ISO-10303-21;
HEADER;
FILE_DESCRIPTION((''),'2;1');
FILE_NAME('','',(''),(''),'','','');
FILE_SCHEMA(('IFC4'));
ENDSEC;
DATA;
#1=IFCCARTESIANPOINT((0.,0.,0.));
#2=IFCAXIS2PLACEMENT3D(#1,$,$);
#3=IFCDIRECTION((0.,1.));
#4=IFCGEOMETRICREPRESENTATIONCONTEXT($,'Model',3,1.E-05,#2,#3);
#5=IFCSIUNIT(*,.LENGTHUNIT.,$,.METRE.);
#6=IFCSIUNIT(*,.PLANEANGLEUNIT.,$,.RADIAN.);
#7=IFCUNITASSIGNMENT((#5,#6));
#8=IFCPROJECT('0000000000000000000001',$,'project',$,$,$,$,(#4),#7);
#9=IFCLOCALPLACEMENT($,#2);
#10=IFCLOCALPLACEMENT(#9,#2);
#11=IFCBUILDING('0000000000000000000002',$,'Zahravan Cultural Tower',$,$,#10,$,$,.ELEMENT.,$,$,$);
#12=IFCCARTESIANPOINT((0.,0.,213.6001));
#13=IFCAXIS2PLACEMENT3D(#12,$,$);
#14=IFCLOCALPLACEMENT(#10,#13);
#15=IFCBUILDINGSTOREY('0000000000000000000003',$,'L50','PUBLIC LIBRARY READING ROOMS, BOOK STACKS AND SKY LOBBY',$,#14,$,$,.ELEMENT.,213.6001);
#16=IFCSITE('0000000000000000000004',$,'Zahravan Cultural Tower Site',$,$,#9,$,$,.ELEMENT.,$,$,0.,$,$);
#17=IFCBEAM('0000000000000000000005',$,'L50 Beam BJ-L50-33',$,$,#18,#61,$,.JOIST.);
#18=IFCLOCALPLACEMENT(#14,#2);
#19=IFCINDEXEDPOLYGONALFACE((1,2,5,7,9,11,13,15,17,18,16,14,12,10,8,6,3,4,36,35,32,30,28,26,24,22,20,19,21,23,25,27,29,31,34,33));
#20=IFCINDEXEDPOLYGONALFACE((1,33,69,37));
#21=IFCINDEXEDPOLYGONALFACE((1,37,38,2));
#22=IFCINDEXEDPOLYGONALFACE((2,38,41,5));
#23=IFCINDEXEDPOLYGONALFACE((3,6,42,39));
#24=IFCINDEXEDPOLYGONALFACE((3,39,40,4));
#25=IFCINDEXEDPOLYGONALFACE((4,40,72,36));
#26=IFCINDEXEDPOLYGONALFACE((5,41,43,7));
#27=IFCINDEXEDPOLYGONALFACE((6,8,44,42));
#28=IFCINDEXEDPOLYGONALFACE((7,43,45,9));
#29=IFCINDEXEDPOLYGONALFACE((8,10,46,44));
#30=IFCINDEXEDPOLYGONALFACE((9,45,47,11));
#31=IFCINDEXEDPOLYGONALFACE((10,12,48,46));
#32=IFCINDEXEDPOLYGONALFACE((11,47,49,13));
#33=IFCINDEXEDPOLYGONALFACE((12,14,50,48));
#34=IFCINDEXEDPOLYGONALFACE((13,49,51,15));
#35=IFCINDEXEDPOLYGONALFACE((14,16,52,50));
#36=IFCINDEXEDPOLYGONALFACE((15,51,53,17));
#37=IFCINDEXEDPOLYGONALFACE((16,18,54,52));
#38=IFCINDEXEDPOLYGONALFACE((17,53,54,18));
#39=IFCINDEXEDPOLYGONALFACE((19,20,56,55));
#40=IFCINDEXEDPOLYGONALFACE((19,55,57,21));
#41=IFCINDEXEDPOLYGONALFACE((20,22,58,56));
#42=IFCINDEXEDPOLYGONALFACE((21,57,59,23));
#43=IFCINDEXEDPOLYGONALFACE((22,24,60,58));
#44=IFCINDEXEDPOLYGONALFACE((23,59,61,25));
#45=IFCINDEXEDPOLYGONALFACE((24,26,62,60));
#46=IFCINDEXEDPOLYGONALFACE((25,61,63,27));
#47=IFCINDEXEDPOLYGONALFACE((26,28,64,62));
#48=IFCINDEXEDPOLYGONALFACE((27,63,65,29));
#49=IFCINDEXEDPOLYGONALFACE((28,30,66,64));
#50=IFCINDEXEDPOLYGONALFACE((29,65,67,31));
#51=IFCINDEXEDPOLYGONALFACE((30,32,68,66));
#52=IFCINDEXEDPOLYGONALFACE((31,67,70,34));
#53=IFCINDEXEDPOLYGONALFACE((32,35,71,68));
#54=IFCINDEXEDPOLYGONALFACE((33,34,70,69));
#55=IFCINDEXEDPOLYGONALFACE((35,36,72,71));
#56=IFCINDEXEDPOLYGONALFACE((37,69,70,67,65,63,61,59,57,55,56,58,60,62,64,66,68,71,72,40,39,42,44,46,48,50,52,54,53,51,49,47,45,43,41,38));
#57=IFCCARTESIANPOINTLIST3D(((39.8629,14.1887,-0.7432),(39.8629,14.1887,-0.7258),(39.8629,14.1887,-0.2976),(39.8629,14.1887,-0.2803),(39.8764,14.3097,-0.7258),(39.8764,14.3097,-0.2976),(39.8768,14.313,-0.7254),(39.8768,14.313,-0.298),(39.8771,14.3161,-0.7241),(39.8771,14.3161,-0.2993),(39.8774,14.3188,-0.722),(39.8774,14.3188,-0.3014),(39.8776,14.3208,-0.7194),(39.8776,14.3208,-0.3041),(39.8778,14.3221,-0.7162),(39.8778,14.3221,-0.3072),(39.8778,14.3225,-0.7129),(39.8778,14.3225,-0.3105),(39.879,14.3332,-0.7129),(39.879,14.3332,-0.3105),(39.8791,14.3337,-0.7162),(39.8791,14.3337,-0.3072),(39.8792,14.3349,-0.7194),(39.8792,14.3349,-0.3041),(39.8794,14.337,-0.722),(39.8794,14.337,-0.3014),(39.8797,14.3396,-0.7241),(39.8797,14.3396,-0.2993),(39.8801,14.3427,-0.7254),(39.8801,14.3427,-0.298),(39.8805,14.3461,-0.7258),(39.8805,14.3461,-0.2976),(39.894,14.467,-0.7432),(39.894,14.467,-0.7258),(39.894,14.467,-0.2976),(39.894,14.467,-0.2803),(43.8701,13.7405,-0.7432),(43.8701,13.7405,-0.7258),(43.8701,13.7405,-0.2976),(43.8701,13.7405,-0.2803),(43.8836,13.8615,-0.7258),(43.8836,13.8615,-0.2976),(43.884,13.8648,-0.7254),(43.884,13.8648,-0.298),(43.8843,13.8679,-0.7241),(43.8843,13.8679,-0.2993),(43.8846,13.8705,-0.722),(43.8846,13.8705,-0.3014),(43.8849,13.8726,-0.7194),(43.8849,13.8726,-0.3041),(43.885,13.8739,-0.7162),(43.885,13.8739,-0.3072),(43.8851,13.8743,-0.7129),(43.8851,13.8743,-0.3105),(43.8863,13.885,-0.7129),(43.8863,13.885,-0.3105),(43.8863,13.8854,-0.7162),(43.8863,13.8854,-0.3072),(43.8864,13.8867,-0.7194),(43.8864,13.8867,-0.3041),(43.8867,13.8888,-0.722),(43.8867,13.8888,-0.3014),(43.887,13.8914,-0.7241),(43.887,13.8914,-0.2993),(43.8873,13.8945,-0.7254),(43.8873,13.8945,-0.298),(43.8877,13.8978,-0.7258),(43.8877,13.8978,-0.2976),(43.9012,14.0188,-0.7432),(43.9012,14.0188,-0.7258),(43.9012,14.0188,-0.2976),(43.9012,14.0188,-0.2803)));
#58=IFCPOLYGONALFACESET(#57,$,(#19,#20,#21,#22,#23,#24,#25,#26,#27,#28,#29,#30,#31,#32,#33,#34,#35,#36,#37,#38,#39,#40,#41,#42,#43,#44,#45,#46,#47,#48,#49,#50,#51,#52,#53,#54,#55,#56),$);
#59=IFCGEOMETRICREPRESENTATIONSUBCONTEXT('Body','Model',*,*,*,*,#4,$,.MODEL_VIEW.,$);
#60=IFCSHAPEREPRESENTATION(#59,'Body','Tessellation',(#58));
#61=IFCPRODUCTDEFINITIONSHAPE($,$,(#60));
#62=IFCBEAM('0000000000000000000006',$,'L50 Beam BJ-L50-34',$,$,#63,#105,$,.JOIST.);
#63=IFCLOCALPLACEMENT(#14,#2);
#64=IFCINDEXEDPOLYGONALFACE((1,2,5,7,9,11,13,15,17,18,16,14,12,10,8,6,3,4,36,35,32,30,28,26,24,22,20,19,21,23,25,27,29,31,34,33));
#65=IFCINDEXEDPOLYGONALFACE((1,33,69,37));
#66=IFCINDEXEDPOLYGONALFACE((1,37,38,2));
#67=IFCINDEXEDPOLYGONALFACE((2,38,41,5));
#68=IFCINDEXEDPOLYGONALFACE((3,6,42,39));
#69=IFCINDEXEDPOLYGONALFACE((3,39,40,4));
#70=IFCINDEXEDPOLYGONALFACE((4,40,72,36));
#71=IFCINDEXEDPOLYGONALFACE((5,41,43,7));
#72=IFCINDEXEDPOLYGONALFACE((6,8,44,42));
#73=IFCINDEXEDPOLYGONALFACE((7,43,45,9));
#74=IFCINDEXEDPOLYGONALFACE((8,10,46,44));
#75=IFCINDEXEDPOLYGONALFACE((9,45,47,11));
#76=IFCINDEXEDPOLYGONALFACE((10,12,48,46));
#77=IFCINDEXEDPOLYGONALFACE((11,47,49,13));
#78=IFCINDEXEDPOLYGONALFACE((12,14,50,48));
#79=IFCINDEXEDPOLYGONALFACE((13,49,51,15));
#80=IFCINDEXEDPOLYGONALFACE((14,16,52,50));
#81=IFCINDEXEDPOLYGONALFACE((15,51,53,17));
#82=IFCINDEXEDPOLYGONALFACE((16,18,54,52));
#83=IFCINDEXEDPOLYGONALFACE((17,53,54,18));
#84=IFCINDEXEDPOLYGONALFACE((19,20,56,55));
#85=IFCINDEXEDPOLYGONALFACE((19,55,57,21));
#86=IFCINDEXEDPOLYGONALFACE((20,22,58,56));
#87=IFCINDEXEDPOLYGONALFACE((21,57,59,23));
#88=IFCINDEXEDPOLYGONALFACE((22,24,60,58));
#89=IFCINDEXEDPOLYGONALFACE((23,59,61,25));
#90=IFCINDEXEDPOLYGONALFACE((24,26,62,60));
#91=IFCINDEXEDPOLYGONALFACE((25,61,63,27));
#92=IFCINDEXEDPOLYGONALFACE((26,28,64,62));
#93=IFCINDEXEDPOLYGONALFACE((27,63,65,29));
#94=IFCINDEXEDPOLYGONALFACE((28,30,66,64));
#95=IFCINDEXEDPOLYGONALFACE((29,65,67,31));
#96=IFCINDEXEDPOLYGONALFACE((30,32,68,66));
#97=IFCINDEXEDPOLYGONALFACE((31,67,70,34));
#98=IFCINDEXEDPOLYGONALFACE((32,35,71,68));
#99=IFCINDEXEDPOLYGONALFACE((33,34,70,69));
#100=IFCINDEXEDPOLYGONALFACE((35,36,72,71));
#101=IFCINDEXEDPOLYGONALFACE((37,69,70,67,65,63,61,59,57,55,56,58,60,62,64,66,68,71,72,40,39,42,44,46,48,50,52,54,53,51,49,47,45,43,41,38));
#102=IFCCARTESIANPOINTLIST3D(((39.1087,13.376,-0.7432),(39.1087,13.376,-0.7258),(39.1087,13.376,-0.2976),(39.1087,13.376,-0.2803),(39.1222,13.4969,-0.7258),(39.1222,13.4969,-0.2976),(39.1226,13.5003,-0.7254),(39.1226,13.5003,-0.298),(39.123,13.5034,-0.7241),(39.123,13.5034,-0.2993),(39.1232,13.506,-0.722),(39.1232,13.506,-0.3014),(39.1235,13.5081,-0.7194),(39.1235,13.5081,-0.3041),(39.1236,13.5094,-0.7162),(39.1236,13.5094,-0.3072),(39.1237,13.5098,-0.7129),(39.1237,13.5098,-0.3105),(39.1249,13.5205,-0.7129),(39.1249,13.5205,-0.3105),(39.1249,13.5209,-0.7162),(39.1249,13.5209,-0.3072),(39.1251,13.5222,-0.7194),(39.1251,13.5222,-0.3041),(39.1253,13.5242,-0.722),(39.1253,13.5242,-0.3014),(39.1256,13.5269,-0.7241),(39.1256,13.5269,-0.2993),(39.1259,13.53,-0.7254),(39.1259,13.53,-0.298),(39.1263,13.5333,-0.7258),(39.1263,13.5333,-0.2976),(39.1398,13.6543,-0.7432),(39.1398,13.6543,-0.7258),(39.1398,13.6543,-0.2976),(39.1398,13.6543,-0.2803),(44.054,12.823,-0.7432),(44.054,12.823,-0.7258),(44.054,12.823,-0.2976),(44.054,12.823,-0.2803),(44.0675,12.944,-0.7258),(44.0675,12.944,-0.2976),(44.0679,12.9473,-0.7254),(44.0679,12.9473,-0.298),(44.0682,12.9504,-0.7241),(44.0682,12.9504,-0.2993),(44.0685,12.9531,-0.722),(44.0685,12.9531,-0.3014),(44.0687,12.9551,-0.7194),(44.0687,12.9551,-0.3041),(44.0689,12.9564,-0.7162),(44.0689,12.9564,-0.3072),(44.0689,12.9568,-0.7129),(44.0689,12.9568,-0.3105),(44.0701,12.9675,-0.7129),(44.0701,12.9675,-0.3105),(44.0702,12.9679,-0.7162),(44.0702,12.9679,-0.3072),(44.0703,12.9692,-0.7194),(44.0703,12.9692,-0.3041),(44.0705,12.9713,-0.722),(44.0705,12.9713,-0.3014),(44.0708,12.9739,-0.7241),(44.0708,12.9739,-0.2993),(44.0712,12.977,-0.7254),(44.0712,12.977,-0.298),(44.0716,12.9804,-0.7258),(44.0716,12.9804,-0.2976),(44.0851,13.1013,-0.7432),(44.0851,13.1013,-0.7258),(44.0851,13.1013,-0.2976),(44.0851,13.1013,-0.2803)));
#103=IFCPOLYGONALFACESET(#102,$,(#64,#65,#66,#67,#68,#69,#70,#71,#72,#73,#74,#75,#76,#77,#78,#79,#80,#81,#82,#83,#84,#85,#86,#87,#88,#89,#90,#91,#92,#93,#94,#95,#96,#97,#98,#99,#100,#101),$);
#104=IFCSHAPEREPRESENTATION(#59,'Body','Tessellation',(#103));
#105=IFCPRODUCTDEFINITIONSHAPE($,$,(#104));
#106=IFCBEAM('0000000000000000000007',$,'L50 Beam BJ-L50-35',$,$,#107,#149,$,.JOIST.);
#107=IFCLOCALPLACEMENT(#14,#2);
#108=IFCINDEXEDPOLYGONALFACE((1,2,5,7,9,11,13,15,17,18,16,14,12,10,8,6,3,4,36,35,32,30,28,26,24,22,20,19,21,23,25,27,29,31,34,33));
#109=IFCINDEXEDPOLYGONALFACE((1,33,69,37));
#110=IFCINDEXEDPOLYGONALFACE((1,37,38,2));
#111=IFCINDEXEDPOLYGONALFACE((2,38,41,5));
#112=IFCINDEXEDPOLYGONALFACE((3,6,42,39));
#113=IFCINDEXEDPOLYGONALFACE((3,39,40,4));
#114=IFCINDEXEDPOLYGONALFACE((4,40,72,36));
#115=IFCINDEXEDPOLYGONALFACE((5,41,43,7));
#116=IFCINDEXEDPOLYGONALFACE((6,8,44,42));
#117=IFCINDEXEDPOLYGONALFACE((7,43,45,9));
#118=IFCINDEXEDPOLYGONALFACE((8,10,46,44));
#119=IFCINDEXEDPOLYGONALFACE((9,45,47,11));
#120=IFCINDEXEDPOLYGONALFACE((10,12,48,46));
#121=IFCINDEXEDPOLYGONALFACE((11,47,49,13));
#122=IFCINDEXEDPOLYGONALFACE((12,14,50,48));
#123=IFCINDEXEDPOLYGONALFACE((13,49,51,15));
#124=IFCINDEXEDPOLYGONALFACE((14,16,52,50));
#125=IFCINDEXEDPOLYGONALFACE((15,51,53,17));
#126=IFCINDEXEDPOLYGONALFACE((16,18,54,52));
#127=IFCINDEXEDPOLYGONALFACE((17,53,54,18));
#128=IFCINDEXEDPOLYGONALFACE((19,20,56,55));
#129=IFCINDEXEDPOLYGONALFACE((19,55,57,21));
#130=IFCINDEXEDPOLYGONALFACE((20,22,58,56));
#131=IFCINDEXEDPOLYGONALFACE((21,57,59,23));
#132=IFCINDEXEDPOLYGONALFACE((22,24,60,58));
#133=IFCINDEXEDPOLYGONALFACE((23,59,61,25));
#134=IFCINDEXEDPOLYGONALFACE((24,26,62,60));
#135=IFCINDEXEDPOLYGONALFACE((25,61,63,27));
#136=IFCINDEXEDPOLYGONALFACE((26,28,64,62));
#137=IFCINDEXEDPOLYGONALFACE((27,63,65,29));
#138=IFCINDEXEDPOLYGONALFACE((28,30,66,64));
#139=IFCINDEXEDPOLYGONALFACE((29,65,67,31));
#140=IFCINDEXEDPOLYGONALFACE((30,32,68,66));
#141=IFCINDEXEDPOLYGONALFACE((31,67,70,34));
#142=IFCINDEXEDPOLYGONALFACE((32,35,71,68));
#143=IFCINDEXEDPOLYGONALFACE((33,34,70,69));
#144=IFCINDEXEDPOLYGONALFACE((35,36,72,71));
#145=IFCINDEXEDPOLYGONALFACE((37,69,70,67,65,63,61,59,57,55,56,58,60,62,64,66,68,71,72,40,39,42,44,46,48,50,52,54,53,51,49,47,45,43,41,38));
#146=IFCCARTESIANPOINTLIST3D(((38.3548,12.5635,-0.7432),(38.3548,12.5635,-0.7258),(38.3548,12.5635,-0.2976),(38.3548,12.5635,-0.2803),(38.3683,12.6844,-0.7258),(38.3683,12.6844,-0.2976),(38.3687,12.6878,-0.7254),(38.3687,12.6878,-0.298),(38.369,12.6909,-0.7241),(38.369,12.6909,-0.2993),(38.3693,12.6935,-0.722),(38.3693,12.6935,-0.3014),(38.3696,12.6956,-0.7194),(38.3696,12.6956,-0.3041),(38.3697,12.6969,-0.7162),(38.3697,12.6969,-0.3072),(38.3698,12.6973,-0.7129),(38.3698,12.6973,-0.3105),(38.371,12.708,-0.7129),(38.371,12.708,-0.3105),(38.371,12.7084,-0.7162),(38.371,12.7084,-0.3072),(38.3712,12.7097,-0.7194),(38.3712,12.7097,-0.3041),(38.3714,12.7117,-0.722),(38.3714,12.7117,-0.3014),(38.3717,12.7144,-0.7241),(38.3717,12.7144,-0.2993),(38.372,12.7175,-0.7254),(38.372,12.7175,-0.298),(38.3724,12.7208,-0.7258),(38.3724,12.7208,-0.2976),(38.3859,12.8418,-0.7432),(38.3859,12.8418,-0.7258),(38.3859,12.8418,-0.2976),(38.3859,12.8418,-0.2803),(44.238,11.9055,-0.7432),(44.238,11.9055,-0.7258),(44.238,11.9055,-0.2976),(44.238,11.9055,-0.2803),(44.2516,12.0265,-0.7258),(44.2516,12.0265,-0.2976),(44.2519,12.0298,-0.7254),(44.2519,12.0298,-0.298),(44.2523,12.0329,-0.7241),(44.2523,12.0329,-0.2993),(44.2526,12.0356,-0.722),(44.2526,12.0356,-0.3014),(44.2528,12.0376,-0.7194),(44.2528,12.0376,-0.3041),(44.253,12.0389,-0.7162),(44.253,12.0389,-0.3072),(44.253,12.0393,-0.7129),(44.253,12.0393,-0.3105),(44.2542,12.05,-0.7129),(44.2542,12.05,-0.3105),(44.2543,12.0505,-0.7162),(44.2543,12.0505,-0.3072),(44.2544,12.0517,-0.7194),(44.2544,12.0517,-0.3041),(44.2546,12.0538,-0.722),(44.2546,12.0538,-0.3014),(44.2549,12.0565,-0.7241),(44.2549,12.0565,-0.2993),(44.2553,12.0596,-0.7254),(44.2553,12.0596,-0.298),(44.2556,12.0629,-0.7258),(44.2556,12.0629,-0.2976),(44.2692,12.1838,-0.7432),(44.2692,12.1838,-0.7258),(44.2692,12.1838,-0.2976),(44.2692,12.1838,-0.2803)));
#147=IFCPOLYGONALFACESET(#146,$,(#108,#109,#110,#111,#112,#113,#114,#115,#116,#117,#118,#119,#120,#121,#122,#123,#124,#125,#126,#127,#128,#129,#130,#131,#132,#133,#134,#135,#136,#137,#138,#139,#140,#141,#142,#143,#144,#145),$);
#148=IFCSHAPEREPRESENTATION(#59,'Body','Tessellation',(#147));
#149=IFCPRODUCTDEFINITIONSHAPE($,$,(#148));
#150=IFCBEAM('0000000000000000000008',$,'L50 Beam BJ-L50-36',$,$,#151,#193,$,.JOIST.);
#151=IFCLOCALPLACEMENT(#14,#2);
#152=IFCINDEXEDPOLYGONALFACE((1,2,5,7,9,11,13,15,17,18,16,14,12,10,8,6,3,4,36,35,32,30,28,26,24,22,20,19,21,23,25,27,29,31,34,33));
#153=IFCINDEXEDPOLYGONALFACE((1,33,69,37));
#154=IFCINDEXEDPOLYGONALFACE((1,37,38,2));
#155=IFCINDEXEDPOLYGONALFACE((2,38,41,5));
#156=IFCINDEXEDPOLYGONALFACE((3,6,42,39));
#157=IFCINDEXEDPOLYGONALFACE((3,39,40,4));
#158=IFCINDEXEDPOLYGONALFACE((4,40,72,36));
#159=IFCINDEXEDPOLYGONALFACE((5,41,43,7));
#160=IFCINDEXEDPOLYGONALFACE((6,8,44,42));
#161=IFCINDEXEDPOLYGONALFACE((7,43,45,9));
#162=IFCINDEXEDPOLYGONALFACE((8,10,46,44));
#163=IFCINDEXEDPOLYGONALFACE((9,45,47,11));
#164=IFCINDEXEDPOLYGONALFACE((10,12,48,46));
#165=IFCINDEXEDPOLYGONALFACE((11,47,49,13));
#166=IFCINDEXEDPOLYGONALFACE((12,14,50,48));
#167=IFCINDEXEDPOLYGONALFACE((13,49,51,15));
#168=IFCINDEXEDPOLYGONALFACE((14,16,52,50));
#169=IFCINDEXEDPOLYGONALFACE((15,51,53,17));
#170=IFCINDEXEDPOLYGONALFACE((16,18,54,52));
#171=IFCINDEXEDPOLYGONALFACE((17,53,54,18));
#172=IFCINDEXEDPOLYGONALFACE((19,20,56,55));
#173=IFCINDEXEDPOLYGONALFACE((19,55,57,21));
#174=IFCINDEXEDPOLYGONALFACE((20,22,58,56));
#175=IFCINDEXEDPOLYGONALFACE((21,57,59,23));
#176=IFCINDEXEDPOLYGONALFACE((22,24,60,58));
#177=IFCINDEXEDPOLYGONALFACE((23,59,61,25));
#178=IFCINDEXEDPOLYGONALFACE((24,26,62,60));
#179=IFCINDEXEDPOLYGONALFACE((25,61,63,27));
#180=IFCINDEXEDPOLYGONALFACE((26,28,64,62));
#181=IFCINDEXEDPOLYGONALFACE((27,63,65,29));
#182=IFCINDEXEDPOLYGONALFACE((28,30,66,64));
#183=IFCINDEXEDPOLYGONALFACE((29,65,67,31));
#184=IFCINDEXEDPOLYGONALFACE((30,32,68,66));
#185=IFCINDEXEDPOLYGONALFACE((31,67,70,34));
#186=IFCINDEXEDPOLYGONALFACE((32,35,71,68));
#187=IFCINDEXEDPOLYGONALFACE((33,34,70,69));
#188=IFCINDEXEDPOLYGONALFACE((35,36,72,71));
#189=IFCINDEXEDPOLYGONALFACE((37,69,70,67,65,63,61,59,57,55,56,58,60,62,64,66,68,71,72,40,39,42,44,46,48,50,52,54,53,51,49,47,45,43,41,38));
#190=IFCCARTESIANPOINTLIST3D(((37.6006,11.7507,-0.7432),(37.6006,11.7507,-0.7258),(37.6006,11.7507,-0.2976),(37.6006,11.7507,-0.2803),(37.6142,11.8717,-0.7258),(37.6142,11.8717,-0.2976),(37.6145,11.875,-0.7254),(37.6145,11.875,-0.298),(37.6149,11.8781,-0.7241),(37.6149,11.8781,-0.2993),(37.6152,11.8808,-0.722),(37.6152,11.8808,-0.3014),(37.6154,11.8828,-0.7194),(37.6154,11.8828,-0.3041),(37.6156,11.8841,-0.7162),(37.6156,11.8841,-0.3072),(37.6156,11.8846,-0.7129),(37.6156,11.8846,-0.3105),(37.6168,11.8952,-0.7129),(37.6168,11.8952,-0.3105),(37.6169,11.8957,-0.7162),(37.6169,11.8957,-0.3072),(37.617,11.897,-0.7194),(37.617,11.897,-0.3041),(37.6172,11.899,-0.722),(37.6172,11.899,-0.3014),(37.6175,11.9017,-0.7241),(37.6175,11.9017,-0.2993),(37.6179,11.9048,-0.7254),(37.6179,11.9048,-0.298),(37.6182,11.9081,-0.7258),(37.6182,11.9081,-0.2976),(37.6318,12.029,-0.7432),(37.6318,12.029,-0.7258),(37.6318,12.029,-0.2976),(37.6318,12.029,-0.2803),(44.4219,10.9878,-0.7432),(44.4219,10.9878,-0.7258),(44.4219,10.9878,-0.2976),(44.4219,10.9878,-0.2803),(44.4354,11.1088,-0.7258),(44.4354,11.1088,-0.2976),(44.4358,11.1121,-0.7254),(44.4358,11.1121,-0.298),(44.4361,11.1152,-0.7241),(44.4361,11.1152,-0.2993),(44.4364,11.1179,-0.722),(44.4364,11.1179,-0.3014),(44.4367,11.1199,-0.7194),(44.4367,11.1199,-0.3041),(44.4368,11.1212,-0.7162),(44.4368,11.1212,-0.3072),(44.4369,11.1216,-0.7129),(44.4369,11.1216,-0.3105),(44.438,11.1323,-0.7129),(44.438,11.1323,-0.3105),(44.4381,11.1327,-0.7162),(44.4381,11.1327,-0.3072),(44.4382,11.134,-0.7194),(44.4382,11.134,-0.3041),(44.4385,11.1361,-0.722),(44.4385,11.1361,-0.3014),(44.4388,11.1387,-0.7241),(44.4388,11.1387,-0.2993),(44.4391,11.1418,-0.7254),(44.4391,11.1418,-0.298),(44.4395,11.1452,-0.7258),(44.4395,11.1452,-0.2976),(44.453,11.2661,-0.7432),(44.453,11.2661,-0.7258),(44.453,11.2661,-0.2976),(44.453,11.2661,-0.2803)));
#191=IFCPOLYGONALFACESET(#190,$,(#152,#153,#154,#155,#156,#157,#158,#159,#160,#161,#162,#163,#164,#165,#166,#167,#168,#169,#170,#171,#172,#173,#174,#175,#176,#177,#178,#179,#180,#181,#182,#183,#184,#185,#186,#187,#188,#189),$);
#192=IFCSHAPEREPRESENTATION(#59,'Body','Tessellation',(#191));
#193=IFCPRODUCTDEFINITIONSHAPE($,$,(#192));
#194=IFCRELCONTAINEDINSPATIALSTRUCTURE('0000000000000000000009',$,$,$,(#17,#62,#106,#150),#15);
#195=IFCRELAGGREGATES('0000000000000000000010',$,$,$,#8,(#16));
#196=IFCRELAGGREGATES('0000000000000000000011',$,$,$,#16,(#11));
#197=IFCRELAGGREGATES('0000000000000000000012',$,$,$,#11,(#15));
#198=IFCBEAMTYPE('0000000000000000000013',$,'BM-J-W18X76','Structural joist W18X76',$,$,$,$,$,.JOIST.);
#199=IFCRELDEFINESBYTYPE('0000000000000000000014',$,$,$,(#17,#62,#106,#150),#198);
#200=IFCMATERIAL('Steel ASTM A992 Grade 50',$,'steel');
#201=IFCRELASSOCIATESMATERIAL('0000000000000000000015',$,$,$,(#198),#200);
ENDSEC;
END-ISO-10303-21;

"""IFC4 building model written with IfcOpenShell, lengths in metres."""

from ifc_helpers import new_model, si_unit, direction, frame, origin, origin_2d, place, context, subcontext, project, spatial, i_section, extrude, source, transform, mapped, material, material_profile, profile_set, type_object, element, save


model = new_model("IFC4")

# Units and contexts
model_context = context("Model", 3, precision=1e-05, world=origin(), true_north=direction((0.0, 1.0)))
body_context = subcontext(model_context, "Body", "Model", "MODEL_VIEW")
ifc_project = project(units=[si_unit("LENGTHUNIT", "METRE"), si_unit("PLANEANGLEUNIT", "RADIAN")], contexts=[model_context])

# Site, building, storey
site_placement = place(None, origin())
site = spatial("IfcSite", under=ifc_project, at=site_placement, Name="Zahravan Cultural Tower Site", CompositionType="ELEMENT", RefElevation=0.0)
building_placement = place(site_placement, origin())
building = spatial("IfcBuilding", under=site, at=building_placement, Name="Zahravan Cultural Tower", CompositionType="ELEMENT")
storey_placement = place(building_placement, frame((0.0, 0.0, 213.6001)))
storey = spatial("IfcBuildingStorey", under=building, at=storey_placement, Name="L50", Description="PUBLIC LIBRARY READING ROOMS, BOOK STACKS AND SKY LOBBY", CompositionType="ELEMENT", Elevation=213.6001)

# Beams
ifc_material_1 = material(Name="Steel ASTM A992 Grade 50", Category="steel")
ifc_material_profile_1 = material_profile(ifc_material_1, i_section(OverallWidth=0.28, OverallDepth=0.4629, WebThickness=0.0107, FlangeThickness=0.0173, FilletRadius=0.0129, at=origin_2d()), Name="W18X76")
ifc_profile_set_1 = profile_set([ifc_material_profile_1], Name="Steel ASTM A992 Grade 50")
beam_type = type_object("IfcBeamType", Name="BM-J-W18X76", Description="Structural joist W18X76", PredefinedType="JOIST", material=ifc_profile_set_1)
shared_shape_1 = source(origin(), body_context, "Body", "SweptSolid", [
    extrude(i_section(OverallWidth=0.28, OverallDepth=0.4629, WebThickness=0.0107, FlangeThickness=0.0173, FilletRadius=0.0129, at=origin_2d()), origin(), (0.0, 0.0, 1.0), 4.0322),
])
beam_1_placement = place(storey_placement, frame((39.8784, 14.3279, -0.5117), z_axis=(0.993802, -0.111162, 0.0), x_axis=(0.111162, 0.993802, 0.0)))
element("IfcBeam", 1, at=beam_1_placement, inside=storey, type_object=beam_type, Name="L50 Beam BJ-L50-33", PredefinedType="JOIST", context=body_context, shape_type="MappedRepresentation", body=[
    mapped(shared_shape_1, transform((0.0, 0.0, 0.0), x_axis=(1.0, 0.0, 0.0), y_axis=(0.0, 1.0, 0.0), z_axis=(0.0, 0.0, 1.0), scale=1.0)),
])
shared_shape_2 = source(origin(), body_context, "Body", "SweptSolid", [
    extrude(i_section(OverallWidth=0.28, OverallDepth=0.4629, WebThickness=0.0107, FlangeThickness=0.0173, FilletRadius=0.0129, at=origin_2d()), origin(), (0.0, 0.0, 1.0), 4.9761),
])
beam_2_placement = place(storey_placement, frame((39.1243, 13.5151, -0.5117), z_axis=(0.993806, -0.111126, 0.0), x_axis=(0.111126, 0.993806, 0.0)))
element("IfcBeam", 2, at=beam_2_placement, inside=storey, type_object=beam_type, Name="L50 Beam BJ-L50-34", PredefinedType="JOIST", context=body_context, shape_type="MappedRepresentation", body=[
    mapped(shared_shape_2, transform((0.0, 0.0, 0.0), x_axis=(1.0, 0.0, 0.0), y_axis=(0.0, 1.0, 0.0), z_axis=(0.0, 0.0, 1.0), scale=1.0)),
])
shared_shape_3 = source(origin(), body_context, "Body", "SweptSolid", [
    extrude(i_section(OverallWidth=0.28, OverallDepth=0.4629, WebThickness=0.0107, FlangeThickness=0.0173, FilletRadius=0.0129, at=origin_2d()), origin(), (0.0, 0.0, 1.0), 5.9199),
])
beam_3_placement = place(storey_placement, frame((38.3704, 12.7026, -0.5117), z_axis=(0.993805, -0.111142, 0.0), x_axis=(0.111142, 0.993805, 0.0)))
element("IfcBeam", 3, at=beam_3_placement, inside=storey, type_object=beam_type, Name="L50 Beam BJ-L50-35", PredefinedType="JOIST", context=body_context, shape_type="MappedRepresentation", body=[
    mapped(shared_shape_3, transform((0.0, 0.0, 0.0), x_axis=(1.0, 0.0, 0.0), y_axis=(0.0, 1.0, 0.0), z_axis=(0.0, 0.0, 1.0), scale=1.0)),
])
shared_shape_4 = source(origin(), body_context, "Body", "SweptSolid", [
    extrude(i_section(OverallWidth=0.28, OverallDepth=0.4629, WebThickness=0.0107, FlangeThickness=0.0173, FilletRadius=0.0129, at=origin_2d()), origin(), (0.0, 0.0, 1.0), 6.8638),
])
beam_4_placement = place(storey_placement, frame((37.6162, 11.8899, -0.5117), z_axis=(0.993803, -0.111154, 0.0), x_axis=(0.111154, 0.993803, 0.0)))
element("IfcBeam", 4, at=beam_4_placement, inside=storey, type_object=beam_type, Name="L50 Beam BJ-L50-36", PredefinedType="JOIST", context=body_context, shape_type="MappedRepresentation", body=[
    mapped(shared_shape_4, transform((0.0, 0.0, 0.0), x_axis=(1.0, 0.0, 0.0), y_axis=(0.0, 1.0, 0.0), z_axis=(0.0, 0.0, 1.0), scale=1.0)),
])

save(model, "model.ifc")
